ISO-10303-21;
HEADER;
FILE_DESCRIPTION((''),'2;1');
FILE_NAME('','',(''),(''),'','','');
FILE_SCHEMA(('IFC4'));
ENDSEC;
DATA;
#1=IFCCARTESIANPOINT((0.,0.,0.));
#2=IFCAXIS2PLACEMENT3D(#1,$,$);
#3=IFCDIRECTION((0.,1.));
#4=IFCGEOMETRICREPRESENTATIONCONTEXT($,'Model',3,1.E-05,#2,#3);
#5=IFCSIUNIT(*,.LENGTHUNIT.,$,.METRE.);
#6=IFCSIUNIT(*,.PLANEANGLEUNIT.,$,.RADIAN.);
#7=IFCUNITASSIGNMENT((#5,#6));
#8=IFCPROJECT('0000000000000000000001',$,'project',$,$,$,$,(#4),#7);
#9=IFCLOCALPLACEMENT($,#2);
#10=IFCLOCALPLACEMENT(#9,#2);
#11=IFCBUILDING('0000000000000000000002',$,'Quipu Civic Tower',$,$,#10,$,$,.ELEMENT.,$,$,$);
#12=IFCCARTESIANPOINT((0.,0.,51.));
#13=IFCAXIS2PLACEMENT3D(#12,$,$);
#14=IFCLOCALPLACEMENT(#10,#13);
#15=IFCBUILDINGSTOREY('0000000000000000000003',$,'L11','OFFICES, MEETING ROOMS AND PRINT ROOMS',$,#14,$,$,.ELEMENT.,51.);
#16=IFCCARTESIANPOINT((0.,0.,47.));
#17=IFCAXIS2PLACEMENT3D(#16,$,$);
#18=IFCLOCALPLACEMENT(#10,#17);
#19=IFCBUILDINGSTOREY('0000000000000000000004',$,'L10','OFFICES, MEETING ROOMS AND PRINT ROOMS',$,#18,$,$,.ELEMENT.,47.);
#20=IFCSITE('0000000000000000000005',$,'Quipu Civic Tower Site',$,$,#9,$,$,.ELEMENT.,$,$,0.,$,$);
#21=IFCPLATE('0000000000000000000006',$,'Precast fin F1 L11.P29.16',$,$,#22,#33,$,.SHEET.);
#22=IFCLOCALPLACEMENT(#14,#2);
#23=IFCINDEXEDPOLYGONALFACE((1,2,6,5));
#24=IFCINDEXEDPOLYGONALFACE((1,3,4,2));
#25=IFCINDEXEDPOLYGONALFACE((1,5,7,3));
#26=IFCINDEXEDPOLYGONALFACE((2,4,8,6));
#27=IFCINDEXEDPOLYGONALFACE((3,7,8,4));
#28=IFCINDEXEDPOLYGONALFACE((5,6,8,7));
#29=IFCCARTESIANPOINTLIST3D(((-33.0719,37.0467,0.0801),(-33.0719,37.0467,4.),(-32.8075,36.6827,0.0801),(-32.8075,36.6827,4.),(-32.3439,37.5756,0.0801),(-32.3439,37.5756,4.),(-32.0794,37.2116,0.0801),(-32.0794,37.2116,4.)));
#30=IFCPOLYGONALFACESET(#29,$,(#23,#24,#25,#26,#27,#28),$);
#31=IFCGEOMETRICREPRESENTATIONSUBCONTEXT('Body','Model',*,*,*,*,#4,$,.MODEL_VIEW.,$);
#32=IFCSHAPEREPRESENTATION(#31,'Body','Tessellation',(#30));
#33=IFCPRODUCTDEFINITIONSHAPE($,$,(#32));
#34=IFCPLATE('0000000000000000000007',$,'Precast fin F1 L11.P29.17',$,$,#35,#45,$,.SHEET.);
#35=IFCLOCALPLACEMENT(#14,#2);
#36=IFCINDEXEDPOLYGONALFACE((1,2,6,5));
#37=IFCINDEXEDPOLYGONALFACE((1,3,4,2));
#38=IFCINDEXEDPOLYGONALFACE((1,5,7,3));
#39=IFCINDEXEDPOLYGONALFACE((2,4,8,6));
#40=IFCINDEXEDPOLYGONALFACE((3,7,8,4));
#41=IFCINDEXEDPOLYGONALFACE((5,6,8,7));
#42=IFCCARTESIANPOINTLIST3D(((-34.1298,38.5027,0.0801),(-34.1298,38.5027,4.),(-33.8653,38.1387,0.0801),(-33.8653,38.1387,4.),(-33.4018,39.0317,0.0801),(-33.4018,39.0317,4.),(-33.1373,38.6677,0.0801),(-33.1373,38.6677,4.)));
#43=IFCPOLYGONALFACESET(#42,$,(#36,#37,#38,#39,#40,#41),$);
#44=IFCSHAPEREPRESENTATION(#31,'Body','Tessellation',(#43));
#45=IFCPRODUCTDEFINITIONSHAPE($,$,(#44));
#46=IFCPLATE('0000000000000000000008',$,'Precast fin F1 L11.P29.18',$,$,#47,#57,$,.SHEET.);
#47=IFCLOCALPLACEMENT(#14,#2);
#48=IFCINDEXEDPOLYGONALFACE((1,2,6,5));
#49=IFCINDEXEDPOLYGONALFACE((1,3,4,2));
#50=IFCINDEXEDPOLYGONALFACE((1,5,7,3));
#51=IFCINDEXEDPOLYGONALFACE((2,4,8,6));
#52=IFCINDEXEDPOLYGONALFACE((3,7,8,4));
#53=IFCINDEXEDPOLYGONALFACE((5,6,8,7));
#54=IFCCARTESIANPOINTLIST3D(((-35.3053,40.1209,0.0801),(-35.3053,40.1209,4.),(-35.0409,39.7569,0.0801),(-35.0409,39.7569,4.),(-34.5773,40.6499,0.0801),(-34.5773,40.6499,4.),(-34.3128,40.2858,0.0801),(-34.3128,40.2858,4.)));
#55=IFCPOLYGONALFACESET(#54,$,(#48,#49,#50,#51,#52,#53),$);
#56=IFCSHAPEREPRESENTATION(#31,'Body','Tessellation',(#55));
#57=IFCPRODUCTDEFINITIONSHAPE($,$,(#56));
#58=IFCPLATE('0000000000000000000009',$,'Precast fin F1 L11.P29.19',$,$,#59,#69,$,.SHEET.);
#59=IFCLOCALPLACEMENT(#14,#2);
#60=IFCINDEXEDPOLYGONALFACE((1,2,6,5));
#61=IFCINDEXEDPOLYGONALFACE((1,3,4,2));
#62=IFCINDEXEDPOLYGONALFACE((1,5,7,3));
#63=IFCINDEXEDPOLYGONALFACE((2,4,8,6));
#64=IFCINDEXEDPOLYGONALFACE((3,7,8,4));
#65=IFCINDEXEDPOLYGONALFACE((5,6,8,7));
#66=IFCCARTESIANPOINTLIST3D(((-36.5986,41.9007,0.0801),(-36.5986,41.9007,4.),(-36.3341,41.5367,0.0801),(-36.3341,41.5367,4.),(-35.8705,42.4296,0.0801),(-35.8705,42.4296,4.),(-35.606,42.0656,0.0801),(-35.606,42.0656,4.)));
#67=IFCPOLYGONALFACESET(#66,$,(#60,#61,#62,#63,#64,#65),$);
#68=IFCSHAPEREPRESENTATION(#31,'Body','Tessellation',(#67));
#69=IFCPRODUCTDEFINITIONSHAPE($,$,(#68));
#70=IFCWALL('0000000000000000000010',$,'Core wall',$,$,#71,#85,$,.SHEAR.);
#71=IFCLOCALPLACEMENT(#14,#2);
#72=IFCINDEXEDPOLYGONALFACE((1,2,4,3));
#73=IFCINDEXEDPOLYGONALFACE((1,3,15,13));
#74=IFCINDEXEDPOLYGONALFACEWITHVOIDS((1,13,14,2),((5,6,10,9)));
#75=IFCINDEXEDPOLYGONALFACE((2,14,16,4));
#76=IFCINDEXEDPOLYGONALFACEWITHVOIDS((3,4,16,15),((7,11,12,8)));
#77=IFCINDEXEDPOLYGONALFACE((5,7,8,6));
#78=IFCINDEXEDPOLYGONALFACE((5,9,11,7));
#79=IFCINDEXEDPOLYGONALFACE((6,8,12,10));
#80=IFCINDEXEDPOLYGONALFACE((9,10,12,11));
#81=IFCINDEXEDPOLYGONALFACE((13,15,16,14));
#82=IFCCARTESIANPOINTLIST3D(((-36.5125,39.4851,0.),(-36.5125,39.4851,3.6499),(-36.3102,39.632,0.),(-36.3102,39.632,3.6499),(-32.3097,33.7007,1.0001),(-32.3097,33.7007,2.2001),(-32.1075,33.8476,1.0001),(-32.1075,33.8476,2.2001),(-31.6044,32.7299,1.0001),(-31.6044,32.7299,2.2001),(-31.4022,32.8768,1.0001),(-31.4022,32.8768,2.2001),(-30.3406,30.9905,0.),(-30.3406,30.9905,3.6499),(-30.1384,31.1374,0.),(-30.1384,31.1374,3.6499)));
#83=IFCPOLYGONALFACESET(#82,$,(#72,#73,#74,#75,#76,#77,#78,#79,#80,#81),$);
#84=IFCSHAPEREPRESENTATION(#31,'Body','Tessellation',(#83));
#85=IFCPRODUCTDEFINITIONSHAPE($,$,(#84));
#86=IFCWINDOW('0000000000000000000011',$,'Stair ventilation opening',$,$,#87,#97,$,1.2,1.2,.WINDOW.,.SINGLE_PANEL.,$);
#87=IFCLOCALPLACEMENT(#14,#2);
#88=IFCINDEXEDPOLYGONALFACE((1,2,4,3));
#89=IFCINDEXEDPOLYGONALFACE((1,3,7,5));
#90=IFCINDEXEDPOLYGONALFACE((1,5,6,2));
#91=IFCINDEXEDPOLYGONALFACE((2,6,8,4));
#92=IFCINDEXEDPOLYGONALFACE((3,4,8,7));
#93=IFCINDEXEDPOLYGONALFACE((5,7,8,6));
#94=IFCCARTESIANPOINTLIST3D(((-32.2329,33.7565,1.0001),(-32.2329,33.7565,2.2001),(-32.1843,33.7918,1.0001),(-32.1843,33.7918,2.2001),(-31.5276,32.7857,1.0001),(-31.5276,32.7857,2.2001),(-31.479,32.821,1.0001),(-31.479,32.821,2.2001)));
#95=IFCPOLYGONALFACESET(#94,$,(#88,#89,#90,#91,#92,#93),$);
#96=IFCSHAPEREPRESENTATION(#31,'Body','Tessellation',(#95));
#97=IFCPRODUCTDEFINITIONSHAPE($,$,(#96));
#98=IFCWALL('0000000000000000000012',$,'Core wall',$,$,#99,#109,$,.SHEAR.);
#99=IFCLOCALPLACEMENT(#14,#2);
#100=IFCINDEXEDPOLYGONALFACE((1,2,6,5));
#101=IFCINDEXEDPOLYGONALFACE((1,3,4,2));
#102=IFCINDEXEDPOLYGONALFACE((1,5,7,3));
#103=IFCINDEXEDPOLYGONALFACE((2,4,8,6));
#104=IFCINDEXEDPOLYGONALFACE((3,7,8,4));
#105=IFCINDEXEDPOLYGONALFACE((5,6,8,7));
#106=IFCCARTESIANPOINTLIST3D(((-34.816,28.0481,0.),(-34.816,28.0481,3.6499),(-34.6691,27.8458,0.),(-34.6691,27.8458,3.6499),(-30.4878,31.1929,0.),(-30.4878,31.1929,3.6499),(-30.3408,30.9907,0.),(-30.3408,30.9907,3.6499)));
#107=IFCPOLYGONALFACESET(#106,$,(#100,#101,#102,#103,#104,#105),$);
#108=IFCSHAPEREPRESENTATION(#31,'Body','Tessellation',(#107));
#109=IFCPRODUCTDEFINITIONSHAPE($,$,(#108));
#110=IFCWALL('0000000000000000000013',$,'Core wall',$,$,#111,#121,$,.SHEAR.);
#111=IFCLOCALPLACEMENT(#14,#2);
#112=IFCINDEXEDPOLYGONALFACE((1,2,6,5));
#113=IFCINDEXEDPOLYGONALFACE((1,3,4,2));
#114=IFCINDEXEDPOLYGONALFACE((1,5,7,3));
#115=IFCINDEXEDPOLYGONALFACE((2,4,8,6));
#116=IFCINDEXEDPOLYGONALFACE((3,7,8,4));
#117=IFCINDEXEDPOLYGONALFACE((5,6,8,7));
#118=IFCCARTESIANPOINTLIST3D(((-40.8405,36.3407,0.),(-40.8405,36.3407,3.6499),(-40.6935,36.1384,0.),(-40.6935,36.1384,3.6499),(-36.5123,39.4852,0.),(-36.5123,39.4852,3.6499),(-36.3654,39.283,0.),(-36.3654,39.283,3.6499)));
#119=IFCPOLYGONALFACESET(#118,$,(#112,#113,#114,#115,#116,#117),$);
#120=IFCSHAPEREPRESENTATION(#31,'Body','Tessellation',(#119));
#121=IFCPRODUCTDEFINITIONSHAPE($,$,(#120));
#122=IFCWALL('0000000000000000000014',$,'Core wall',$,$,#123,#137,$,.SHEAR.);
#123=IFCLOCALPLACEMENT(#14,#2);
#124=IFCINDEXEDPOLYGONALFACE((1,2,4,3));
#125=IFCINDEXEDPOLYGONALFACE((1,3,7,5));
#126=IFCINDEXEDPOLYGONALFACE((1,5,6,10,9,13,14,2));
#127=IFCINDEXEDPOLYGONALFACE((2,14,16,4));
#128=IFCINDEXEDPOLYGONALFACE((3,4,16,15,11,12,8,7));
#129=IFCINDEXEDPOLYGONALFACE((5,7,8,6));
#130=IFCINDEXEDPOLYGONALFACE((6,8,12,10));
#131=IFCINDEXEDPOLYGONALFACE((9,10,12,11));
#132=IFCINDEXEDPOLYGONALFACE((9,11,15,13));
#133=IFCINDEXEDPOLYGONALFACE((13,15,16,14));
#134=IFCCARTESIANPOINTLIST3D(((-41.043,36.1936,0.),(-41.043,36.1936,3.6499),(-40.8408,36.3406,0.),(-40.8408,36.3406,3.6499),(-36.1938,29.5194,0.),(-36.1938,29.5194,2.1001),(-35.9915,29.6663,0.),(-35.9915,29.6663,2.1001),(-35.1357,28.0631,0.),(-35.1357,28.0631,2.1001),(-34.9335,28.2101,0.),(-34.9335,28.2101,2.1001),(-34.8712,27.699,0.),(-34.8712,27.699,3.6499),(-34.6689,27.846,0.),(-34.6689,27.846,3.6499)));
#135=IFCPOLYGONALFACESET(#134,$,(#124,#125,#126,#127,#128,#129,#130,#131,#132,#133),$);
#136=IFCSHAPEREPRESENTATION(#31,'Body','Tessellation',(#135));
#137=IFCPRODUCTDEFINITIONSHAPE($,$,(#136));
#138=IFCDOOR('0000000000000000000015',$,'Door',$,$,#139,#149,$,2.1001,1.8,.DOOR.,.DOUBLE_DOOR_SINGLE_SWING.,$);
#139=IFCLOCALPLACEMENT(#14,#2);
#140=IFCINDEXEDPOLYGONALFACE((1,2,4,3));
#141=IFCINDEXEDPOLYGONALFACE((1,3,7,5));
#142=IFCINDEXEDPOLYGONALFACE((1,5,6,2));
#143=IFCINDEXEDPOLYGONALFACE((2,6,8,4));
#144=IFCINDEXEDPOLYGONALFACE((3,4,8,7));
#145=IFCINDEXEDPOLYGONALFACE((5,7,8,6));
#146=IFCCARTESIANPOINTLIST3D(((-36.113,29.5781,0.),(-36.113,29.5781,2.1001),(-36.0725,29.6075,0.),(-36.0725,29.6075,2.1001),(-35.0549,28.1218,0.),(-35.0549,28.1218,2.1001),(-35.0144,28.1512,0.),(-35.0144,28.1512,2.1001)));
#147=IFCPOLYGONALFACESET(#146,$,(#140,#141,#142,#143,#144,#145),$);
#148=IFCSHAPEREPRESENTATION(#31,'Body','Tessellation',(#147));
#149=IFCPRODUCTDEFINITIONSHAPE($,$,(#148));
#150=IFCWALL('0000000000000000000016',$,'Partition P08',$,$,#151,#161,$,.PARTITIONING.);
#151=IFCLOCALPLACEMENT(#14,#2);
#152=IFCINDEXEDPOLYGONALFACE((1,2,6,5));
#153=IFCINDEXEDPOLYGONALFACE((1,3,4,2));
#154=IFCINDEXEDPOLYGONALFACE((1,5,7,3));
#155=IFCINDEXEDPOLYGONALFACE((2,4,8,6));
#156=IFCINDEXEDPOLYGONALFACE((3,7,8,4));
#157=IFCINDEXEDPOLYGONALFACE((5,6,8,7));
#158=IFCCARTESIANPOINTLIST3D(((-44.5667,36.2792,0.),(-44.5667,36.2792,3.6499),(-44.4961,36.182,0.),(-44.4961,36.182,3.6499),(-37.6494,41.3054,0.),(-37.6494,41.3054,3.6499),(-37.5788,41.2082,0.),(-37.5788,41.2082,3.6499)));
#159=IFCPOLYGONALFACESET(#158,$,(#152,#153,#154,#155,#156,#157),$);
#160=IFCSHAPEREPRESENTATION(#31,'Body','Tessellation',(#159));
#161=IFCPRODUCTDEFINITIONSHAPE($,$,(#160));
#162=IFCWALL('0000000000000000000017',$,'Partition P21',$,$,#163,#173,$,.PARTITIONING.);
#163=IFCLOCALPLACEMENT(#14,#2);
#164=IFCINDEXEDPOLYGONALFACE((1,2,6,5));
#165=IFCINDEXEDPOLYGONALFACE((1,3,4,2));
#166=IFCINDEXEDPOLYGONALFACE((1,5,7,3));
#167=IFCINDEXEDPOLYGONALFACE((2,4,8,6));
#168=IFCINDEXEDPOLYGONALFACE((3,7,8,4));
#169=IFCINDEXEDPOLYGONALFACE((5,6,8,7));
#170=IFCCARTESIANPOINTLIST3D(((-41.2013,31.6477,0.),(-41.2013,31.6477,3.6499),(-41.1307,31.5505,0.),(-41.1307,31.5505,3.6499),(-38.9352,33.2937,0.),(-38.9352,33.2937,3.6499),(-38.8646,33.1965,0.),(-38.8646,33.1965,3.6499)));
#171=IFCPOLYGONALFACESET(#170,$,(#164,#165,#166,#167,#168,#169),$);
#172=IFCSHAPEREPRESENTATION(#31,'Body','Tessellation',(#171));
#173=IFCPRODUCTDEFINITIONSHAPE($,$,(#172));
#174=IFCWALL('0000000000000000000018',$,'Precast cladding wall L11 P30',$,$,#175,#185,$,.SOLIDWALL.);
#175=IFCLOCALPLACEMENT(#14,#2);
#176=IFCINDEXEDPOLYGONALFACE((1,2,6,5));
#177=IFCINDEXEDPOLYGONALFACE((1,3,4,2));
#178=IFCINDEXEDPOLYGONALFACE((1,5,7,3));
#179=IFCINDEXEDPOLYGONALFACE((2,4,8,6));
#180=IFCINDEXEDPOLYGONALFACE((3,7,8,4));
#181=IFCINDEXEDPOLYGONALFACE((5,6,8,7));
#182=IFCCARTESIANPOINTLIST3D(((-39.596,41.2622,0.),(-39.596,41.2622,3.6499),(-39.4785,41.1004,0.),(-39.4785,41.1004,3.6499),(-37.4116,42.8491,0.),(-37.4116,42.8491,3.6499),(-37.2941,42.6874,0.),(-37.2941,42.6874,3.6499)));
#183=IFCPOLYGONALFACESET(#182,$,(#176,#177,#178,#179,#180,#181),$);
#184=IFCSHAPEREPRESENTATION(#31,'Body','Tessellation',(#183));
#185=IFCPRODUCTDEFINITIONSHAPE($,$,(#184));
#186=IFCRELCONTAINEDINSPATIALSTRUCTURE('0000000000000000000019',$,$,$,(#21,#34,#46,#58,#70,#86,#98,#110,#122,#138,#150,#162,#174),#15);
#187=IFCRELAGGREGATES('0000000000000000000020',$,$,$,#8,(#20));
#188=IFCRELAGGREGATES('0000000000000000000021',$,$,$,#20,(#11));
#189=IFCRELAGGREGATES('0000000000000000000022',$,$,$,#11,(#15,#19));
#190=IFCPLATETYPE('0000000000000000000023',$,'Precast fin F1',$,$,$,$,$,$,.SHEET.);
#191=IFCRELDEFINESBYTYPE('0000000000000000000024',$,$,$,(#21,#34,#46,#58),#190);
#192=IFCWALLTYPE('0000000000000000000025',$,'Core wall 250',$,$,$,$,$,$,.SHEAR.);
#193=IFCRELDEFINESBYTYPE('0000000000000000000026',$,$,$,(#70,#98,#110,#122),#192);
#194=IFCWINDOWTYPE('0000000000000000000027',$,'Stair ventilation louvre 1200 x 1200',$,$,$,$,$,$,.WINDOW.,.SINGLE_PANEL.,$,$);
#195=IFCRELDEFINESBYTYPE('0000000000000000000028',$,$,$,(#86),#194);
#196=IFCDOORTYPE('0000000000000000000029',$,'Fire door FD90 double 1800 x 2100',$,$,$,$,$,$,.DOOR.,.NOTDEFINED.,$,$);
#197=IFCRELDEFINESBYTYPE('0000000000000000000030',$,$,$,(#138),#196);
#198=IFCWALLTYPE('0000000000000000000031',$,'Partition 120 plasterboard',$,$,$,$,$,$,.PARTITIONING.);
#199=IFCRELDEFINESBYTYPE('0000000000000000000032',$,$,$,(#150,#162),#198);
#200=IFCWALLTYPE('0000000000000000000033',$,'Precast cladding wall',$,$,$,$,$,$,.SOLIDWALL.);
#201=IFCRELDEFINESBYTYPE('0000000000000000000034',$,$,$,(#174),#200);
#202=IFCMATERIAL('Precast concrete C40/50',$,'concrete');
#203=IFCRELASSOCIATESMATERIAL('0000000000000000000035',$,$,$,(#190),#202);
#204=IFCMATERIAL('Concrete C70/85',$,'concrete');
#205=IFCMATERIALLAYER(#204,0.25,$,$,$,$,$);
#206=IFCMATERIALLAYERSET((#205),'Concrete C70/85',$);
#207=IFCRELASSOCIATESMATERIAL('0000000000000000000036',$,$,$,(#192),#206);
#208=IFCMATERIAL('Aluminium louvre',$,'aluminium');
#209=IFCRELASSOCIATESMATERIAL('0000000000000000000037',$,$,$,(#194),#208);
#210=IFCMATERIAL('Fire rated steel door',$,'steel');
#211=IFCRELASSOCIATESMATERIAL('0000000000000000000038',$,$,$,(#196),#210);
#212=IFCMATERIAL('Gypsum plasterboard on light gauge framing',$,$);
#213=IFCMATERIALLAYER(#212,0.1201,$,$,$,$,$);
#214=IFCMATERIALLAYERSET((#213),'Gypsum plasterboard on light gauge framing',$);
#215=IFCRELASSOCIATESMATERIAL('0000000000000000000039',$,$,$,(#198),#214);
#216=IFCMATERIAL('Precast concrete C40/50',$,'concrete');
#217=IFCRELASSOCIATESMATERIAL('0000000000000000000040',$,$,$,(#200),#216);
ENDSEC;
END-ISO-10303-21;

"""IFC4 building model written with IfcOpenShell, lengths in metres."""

from ifc_helpers import new_model, si_unit, direction, frame, frame_2d, origin, origin_2d, place, context, subcontext, project, spatial, rectangle, extrude, material, layer, layer_set, type_object, element, fill, save


model = new_model("IFC4")

# Units and contexts
model_context = context("Model", 3, precision=1e-05, world=origin(), true_north=direction((0.0, 1.0)))
body_context = subcontext(model_context, "Body", "Model", "MODEL_VIEW")
ifc_project = project(units=[si_unit("LENGTHUNIT", "METRE"), si_unit("PLANEANGLEUNIT", "RADIAN")], contexts=[model_context])

# Site, building, storey
site_placement = place(None, origin())
site = spatial("IfcSite", under=ifc_project, at=site_placement, Name="Quipu Civic Tower Site", CompositionType="ELEMENT", RefElevation=0.0)
building_placement = place(site_placement, origin())
building = spatial("IfcBuilding", under=site, at=building_placement, Name="Quipu Civic Tower", CompositionType="ELEMENT")
storey_1_placement = place(building_placement, frame((0.0, 0.0, 51.0)))
storey_1 = spatial("IfcBuildingStorey", under=building, at=storey_1_placement, Name="L11", Description="OFFICES, MEETING ROOMS AND PRINT ROOMS", CompositionType="ELEMENT", Elevation=51.0)

# Shared definitions
storey_2_placement = place(building_placement, frame((0.0, 0.0, 47.0)))
storey_2 = spatial("IfcBuildingStorey", under=building, at=storey_2_placement, Name="L10", Description="OFFICES, MEETING ROOMS AND PRINT ROOMS", CompositionType="ELEMENT", Elevation=47.0)

# Plates
ifc_material_1 = material(Name="Precast concrete C40/50", Category="concrete")
plate_type_1 = type_object("IfcPlateType", Name="Precast fin F1", PredefinedType="SHEET", material=ifc_material_1)
for number, where, z_axis, x_axis, name in (
    (1, (-32.5757, 37.1292, 0.0801), (0.0, 0.0, 1.0), (-0.587785, 0.809017, 0.0), "Precast fin F1 L11.P29.16"),
    (2, (-33.6335, 38.5852, 0.0801), (0.0, 0.0, 1.0), (-0.587785, 0.809017, 0.0), "Precast fin F1 L11.P29.17"),
    (3, (-34.8091, 40.2034, 0.0801), (0.0, 0.0, 1.0), (-0.587785, 0.809017, 0.0), "Precast fin F1 L11.P29.18"),
    (4, (-36.1023, 41.9832, 0.0801), (0.0, 0.0, 1.0), (-0.587785, 0.809017, 0.0), "Precast fin F1 L11.P29.19"),
):
    element("IfcPlate", number, at=place(storey_1_placement, frame(where, z_axis=z_axis, x_axis=x_axis)), inside=storey_1, type_object=plate_type_1, Name=name, PredefinedType="SHEET", context=body_context, shape_type="SweptSolid", body=[
        extrude(rectangle(XDim=0.45, YDim=0.8999, at=origin_2d()), origin(), (0.0, 0.0, 1.0), 3.9199),
    ])

# Wall, opening, window
ifc_material_2 = material(Name="Concrete C70/85", Category="concrete")
ifc_layer_1 = layer(ifc_material_2, 0.25)
ifc_layer_set_1 = layer_set([ifc_layer_1], Name="Concrete C70/85")
wall_type_1 = type_object("IfcWallType", Name="Core wall 250", PredefinedType="SHEAR", material=ifc_layer_set_1)
wall_1_placement = place(storey_1_placement, frame((-30.2395, 31.064, 0.0), z_axis=(0.0, 0.0, 1.0), x_axis=(-0.587796, 0.809009, 0.0)))
wall_1 = element("IfcWall", 5, at=wall_1_placement, inside=storey_1, type_object=wall_type_1, Name="Core wall", PredefinedType="SHEAR", context=body_context, shape_type="SweptSolid", body=[
    extrude(rectangle(XDim=10.5, YDim=0.25, at=frame_2d((5.25, 0.0))), origin(), (0.0, 0.0, 1.0), 3.6499),
])
opening_1_placement = place(wall_1_placement, frame((2.1499, 0.0, 1.0)))
opening_1 = element("IfcOpeningElement", 6, at=opening_1_placement, cuts=wall_1, PredefinedType="OPENING", context=body_context, shape_type="SweptSolid", body=[
    extrude(rectangle(XDim=1.2, YDim=1.2, at=frame_2d((0.6001, 0.6001))), frame((0.0, 0.135, 0.0), z_axis=(0.0, -1.0, 0.0), x_axis=(1.0, 0.0, 0.0)), (0.0, 0.0, 1.0), 0.27),
])
ifc_material_3 = material(Name="Aluminium louvre", Category="aluminium")
window_type = type_object("IfcWindowType", Name="Stair ventilation louvre 1200 x 1200", PartitioningType="SINGLE_PANEL", PredefinedType="WINDOW", material=ifc_material_3)
window_placement = place(opening_1_placement, origin())
window = element("IfcWindow", 7, at=window_placement, inside=storey_1, type_object=window_type, Name="Stair ventilation opening", OverallHeight=1.2, OverallWidth=1.2, PartitioningType="SINGLE_PANEL", PredefinedType="WINDOW", context=body_context, shape_type="SweptSolid", body=[
    extrude(rectangle(XDim=1.2, YDim=1.2, at=frame_2d((0.6001, 0.6001))), frame((0.0, 0.03, 0.0), z_axis=(0.0, -1.0, 0.0), x_axis=(1.0, 0.0, 0.0)), (0.0, 0.0, 1.0), 0.0601),
])
fill(opening_1, window)

# Walls
wall_2_placement = place(storey_1_placement, frame((-30.4143, 31.0918, 0.0), z_axis=(0.0, 0.0, 1.0), x_axis=(-0.808998, -0.587811, 0.0)))
element("IfcWall", 8, at=wall_2_placement, inside=storey_1, type_object=wall_type_1, Name="Core wall", PredefinedType="SHEAR", context=body_context, shape_type="SweptSolid", body=[
    extrude(rectangle(XDim=5.3501, YDim=0.25, at=frame_2d((2.675, 0.0))), origin(), (0.0, 0.0, 1.0), 3.6499),
])
wall_3_placement = place(storey_1_placement, frame((-36.439, 39.384, 0.0), z_axis=(0.0, 0.0, 1.0), x_axis=(-0.80902, -0.587781, 0.0)))
element("IfcWall", 9, at=wall_3_placement, inside=storey_1, type_object=wall_type_1, Name="Core wall", PredefinedType="SHEAR", context=body_context, shape_type="SweptSolid", body=[
    extrude(rectangle(XDim=5.3499, YDim=0.25, at=frame_2d((2.6748, 0.0))), origin(), (0.0, 0.0, 1.0), 3.6499),
])

# Wall, opening, door
wall_4_placement = place(storey_1_placement, frame((-40.9419, 36.2671, 0.0), z_axis=(0.0, 0.0, 1.0), x_axis=(0.587796, -0.809009, 0.0)))
wall_4 = element("IfcWall", 10, at=wall_4_placement, inside=storey_1, type_object=wall_type_1, Name="Core wall", PredefinedType="SHEAR", context=body_context, shape_type="SweptSolid", body=[
    extrude(rectangle(XDim=10.5, YDim=0.25, at=frame_2d((5.25, 0.0))), origin(), (0.0, 0.0, 1.0), 3.6499),
])
opening_2_placement = place(wall_4_placement, frame((8.25, 0.0, 0.0)))
opening_2 = element("IfcOpeningElement", 11, at=opening_2_placement, cuts=wall_4, PredefinedType="OPENING", context=body_context, shape_type="SweptSolid", body=[
    extrude(rectangle(XDim=1.8, YDim=2.1001, at=frame_2d((0.8999, 1.05))), frame((0.0, 0.135, 0.0), z_axis=(0.0, -1.0, 0.0), x_axis=(1.0, 0.0, 0.0)), (0.0, 0.0, 1.0), 0.27),
])
ifc_material_4 = material(Name="Fire rated steel door", Category="steel")
door_type = type_object("IfcDoorType", Name="Fire door FD90 double 1800 x 2100", OperationType="NOTDEFINED", PredefinedType="DOOR", material=ifc_material_4)
door_placement = place(opening_2_placement, origin())
door = element("IfcDoor", 12, at=door_placement, inside=storey_1, type_object=door_type, Name="Door", OperationType="DOUBLE_DOOR_SINGLE_SWING", OverallHeight=2.1001, OverallWidth=1.8, PredefinedType="DOOR", context=body_context, shape_type="SweptSolid", body=[
    extrude(rectangle(XDim=1.8, YDim=2.1001, at=frame_2d((0.8999, 1.05))), frame((0.0, 0.0249, 0.0), z_axis=(0.0, -1.0, 0.0), x_axis=(1.0, 0.0, 0.0)), (0.0, 0.0, 1.0), 0.05),
])
fill(opening_2, door)

# Walls
ifc_material_5 = material(Name="Gypsum plasterboard on light gauge framing")
ifc_layer_2 = layer(ifc_material_5, 0.1201)
ifc_layer_set_2 = layer_set([ifc_layer_2], Name="Gypsum plasterboard on light gauge framing")
wall_type_2 = type_object("IfcWallType", Name="Partition 120 plasterboard", PredefinedType="PARTITIONING", material=ifc_layer_set_2)
wall_5_placement = place(storey_1_placement, frame((-37.614, 41.2568, 0.0), z_axis=(0.0, 0.0, 1.0), x_axis=(-0.808992, -0.58782, 0.0)))
element("IfcWall", 13, at=wall_5_placement, inside=storey_1, type_object=wall_type_2, Name="Partition P08", PredefinedType="PARTITIONING", context=body_context, shape_type="SweptSolid", body=[
    extrude(rectangle(XDim=8.5505, YDim=0.1201, at=frame_2d((4.2754, 0.0))), origin(), (0.0, 0.0, 1.0), 3.6499),
])
wall_6_placement = place(storey_1_placement, frame((-41.166, 31.5991, 0.0), z_axis=(0.0, 0.0, 1.0), x_axis=(0.80909, 0.587684, 0.0)))
element("IfcWall", 14, at=wall_6_placement, inside=storey_1, type_object=wall_type_2, Name="Partition P21", PredefinedType="PARTITIONING", context=body_context, shape_type="SweptSolid", body=[
    extrude(rectangle(XDim=2.8008, YDim=0.1201, at=frame_2d((1.4004, 0.0))), origin(), (0.0, 0.0, 1.0), 3.6499),
])
ifc_material_6 = material(Name="Precast concrete C40/50", Category="concrete")
wall_type_3 = type_object("IfcWallType", Name="Precast cladding wall", PredefinedType="SOLIDWALL", material=ifc_material_6)
wall_7_placement = place(storey_1_placement, frame((-37.3528, 42.7683, 0.0), z_axis=(0.0, 0.0, 1.0), x_axis=(-0.809033, -0.587763, 0.0)))
element("IfcWall", 15, at=wall_7_placement, inside=storey_1, type_object=wall_type_3, Name="Precast cladding wall L11 P30", PredefinedType="SOLIDWALL", context=body_context, shape_type="SweptSolid", body=[
    extrude(rectangle(XDim=2.7, YDim=0.2, at=frame_2d((1.3501, 0.0))), origin(), (0.0, 0.0, 1.0), 3.6499),
])

save(model, "model.ifc")
